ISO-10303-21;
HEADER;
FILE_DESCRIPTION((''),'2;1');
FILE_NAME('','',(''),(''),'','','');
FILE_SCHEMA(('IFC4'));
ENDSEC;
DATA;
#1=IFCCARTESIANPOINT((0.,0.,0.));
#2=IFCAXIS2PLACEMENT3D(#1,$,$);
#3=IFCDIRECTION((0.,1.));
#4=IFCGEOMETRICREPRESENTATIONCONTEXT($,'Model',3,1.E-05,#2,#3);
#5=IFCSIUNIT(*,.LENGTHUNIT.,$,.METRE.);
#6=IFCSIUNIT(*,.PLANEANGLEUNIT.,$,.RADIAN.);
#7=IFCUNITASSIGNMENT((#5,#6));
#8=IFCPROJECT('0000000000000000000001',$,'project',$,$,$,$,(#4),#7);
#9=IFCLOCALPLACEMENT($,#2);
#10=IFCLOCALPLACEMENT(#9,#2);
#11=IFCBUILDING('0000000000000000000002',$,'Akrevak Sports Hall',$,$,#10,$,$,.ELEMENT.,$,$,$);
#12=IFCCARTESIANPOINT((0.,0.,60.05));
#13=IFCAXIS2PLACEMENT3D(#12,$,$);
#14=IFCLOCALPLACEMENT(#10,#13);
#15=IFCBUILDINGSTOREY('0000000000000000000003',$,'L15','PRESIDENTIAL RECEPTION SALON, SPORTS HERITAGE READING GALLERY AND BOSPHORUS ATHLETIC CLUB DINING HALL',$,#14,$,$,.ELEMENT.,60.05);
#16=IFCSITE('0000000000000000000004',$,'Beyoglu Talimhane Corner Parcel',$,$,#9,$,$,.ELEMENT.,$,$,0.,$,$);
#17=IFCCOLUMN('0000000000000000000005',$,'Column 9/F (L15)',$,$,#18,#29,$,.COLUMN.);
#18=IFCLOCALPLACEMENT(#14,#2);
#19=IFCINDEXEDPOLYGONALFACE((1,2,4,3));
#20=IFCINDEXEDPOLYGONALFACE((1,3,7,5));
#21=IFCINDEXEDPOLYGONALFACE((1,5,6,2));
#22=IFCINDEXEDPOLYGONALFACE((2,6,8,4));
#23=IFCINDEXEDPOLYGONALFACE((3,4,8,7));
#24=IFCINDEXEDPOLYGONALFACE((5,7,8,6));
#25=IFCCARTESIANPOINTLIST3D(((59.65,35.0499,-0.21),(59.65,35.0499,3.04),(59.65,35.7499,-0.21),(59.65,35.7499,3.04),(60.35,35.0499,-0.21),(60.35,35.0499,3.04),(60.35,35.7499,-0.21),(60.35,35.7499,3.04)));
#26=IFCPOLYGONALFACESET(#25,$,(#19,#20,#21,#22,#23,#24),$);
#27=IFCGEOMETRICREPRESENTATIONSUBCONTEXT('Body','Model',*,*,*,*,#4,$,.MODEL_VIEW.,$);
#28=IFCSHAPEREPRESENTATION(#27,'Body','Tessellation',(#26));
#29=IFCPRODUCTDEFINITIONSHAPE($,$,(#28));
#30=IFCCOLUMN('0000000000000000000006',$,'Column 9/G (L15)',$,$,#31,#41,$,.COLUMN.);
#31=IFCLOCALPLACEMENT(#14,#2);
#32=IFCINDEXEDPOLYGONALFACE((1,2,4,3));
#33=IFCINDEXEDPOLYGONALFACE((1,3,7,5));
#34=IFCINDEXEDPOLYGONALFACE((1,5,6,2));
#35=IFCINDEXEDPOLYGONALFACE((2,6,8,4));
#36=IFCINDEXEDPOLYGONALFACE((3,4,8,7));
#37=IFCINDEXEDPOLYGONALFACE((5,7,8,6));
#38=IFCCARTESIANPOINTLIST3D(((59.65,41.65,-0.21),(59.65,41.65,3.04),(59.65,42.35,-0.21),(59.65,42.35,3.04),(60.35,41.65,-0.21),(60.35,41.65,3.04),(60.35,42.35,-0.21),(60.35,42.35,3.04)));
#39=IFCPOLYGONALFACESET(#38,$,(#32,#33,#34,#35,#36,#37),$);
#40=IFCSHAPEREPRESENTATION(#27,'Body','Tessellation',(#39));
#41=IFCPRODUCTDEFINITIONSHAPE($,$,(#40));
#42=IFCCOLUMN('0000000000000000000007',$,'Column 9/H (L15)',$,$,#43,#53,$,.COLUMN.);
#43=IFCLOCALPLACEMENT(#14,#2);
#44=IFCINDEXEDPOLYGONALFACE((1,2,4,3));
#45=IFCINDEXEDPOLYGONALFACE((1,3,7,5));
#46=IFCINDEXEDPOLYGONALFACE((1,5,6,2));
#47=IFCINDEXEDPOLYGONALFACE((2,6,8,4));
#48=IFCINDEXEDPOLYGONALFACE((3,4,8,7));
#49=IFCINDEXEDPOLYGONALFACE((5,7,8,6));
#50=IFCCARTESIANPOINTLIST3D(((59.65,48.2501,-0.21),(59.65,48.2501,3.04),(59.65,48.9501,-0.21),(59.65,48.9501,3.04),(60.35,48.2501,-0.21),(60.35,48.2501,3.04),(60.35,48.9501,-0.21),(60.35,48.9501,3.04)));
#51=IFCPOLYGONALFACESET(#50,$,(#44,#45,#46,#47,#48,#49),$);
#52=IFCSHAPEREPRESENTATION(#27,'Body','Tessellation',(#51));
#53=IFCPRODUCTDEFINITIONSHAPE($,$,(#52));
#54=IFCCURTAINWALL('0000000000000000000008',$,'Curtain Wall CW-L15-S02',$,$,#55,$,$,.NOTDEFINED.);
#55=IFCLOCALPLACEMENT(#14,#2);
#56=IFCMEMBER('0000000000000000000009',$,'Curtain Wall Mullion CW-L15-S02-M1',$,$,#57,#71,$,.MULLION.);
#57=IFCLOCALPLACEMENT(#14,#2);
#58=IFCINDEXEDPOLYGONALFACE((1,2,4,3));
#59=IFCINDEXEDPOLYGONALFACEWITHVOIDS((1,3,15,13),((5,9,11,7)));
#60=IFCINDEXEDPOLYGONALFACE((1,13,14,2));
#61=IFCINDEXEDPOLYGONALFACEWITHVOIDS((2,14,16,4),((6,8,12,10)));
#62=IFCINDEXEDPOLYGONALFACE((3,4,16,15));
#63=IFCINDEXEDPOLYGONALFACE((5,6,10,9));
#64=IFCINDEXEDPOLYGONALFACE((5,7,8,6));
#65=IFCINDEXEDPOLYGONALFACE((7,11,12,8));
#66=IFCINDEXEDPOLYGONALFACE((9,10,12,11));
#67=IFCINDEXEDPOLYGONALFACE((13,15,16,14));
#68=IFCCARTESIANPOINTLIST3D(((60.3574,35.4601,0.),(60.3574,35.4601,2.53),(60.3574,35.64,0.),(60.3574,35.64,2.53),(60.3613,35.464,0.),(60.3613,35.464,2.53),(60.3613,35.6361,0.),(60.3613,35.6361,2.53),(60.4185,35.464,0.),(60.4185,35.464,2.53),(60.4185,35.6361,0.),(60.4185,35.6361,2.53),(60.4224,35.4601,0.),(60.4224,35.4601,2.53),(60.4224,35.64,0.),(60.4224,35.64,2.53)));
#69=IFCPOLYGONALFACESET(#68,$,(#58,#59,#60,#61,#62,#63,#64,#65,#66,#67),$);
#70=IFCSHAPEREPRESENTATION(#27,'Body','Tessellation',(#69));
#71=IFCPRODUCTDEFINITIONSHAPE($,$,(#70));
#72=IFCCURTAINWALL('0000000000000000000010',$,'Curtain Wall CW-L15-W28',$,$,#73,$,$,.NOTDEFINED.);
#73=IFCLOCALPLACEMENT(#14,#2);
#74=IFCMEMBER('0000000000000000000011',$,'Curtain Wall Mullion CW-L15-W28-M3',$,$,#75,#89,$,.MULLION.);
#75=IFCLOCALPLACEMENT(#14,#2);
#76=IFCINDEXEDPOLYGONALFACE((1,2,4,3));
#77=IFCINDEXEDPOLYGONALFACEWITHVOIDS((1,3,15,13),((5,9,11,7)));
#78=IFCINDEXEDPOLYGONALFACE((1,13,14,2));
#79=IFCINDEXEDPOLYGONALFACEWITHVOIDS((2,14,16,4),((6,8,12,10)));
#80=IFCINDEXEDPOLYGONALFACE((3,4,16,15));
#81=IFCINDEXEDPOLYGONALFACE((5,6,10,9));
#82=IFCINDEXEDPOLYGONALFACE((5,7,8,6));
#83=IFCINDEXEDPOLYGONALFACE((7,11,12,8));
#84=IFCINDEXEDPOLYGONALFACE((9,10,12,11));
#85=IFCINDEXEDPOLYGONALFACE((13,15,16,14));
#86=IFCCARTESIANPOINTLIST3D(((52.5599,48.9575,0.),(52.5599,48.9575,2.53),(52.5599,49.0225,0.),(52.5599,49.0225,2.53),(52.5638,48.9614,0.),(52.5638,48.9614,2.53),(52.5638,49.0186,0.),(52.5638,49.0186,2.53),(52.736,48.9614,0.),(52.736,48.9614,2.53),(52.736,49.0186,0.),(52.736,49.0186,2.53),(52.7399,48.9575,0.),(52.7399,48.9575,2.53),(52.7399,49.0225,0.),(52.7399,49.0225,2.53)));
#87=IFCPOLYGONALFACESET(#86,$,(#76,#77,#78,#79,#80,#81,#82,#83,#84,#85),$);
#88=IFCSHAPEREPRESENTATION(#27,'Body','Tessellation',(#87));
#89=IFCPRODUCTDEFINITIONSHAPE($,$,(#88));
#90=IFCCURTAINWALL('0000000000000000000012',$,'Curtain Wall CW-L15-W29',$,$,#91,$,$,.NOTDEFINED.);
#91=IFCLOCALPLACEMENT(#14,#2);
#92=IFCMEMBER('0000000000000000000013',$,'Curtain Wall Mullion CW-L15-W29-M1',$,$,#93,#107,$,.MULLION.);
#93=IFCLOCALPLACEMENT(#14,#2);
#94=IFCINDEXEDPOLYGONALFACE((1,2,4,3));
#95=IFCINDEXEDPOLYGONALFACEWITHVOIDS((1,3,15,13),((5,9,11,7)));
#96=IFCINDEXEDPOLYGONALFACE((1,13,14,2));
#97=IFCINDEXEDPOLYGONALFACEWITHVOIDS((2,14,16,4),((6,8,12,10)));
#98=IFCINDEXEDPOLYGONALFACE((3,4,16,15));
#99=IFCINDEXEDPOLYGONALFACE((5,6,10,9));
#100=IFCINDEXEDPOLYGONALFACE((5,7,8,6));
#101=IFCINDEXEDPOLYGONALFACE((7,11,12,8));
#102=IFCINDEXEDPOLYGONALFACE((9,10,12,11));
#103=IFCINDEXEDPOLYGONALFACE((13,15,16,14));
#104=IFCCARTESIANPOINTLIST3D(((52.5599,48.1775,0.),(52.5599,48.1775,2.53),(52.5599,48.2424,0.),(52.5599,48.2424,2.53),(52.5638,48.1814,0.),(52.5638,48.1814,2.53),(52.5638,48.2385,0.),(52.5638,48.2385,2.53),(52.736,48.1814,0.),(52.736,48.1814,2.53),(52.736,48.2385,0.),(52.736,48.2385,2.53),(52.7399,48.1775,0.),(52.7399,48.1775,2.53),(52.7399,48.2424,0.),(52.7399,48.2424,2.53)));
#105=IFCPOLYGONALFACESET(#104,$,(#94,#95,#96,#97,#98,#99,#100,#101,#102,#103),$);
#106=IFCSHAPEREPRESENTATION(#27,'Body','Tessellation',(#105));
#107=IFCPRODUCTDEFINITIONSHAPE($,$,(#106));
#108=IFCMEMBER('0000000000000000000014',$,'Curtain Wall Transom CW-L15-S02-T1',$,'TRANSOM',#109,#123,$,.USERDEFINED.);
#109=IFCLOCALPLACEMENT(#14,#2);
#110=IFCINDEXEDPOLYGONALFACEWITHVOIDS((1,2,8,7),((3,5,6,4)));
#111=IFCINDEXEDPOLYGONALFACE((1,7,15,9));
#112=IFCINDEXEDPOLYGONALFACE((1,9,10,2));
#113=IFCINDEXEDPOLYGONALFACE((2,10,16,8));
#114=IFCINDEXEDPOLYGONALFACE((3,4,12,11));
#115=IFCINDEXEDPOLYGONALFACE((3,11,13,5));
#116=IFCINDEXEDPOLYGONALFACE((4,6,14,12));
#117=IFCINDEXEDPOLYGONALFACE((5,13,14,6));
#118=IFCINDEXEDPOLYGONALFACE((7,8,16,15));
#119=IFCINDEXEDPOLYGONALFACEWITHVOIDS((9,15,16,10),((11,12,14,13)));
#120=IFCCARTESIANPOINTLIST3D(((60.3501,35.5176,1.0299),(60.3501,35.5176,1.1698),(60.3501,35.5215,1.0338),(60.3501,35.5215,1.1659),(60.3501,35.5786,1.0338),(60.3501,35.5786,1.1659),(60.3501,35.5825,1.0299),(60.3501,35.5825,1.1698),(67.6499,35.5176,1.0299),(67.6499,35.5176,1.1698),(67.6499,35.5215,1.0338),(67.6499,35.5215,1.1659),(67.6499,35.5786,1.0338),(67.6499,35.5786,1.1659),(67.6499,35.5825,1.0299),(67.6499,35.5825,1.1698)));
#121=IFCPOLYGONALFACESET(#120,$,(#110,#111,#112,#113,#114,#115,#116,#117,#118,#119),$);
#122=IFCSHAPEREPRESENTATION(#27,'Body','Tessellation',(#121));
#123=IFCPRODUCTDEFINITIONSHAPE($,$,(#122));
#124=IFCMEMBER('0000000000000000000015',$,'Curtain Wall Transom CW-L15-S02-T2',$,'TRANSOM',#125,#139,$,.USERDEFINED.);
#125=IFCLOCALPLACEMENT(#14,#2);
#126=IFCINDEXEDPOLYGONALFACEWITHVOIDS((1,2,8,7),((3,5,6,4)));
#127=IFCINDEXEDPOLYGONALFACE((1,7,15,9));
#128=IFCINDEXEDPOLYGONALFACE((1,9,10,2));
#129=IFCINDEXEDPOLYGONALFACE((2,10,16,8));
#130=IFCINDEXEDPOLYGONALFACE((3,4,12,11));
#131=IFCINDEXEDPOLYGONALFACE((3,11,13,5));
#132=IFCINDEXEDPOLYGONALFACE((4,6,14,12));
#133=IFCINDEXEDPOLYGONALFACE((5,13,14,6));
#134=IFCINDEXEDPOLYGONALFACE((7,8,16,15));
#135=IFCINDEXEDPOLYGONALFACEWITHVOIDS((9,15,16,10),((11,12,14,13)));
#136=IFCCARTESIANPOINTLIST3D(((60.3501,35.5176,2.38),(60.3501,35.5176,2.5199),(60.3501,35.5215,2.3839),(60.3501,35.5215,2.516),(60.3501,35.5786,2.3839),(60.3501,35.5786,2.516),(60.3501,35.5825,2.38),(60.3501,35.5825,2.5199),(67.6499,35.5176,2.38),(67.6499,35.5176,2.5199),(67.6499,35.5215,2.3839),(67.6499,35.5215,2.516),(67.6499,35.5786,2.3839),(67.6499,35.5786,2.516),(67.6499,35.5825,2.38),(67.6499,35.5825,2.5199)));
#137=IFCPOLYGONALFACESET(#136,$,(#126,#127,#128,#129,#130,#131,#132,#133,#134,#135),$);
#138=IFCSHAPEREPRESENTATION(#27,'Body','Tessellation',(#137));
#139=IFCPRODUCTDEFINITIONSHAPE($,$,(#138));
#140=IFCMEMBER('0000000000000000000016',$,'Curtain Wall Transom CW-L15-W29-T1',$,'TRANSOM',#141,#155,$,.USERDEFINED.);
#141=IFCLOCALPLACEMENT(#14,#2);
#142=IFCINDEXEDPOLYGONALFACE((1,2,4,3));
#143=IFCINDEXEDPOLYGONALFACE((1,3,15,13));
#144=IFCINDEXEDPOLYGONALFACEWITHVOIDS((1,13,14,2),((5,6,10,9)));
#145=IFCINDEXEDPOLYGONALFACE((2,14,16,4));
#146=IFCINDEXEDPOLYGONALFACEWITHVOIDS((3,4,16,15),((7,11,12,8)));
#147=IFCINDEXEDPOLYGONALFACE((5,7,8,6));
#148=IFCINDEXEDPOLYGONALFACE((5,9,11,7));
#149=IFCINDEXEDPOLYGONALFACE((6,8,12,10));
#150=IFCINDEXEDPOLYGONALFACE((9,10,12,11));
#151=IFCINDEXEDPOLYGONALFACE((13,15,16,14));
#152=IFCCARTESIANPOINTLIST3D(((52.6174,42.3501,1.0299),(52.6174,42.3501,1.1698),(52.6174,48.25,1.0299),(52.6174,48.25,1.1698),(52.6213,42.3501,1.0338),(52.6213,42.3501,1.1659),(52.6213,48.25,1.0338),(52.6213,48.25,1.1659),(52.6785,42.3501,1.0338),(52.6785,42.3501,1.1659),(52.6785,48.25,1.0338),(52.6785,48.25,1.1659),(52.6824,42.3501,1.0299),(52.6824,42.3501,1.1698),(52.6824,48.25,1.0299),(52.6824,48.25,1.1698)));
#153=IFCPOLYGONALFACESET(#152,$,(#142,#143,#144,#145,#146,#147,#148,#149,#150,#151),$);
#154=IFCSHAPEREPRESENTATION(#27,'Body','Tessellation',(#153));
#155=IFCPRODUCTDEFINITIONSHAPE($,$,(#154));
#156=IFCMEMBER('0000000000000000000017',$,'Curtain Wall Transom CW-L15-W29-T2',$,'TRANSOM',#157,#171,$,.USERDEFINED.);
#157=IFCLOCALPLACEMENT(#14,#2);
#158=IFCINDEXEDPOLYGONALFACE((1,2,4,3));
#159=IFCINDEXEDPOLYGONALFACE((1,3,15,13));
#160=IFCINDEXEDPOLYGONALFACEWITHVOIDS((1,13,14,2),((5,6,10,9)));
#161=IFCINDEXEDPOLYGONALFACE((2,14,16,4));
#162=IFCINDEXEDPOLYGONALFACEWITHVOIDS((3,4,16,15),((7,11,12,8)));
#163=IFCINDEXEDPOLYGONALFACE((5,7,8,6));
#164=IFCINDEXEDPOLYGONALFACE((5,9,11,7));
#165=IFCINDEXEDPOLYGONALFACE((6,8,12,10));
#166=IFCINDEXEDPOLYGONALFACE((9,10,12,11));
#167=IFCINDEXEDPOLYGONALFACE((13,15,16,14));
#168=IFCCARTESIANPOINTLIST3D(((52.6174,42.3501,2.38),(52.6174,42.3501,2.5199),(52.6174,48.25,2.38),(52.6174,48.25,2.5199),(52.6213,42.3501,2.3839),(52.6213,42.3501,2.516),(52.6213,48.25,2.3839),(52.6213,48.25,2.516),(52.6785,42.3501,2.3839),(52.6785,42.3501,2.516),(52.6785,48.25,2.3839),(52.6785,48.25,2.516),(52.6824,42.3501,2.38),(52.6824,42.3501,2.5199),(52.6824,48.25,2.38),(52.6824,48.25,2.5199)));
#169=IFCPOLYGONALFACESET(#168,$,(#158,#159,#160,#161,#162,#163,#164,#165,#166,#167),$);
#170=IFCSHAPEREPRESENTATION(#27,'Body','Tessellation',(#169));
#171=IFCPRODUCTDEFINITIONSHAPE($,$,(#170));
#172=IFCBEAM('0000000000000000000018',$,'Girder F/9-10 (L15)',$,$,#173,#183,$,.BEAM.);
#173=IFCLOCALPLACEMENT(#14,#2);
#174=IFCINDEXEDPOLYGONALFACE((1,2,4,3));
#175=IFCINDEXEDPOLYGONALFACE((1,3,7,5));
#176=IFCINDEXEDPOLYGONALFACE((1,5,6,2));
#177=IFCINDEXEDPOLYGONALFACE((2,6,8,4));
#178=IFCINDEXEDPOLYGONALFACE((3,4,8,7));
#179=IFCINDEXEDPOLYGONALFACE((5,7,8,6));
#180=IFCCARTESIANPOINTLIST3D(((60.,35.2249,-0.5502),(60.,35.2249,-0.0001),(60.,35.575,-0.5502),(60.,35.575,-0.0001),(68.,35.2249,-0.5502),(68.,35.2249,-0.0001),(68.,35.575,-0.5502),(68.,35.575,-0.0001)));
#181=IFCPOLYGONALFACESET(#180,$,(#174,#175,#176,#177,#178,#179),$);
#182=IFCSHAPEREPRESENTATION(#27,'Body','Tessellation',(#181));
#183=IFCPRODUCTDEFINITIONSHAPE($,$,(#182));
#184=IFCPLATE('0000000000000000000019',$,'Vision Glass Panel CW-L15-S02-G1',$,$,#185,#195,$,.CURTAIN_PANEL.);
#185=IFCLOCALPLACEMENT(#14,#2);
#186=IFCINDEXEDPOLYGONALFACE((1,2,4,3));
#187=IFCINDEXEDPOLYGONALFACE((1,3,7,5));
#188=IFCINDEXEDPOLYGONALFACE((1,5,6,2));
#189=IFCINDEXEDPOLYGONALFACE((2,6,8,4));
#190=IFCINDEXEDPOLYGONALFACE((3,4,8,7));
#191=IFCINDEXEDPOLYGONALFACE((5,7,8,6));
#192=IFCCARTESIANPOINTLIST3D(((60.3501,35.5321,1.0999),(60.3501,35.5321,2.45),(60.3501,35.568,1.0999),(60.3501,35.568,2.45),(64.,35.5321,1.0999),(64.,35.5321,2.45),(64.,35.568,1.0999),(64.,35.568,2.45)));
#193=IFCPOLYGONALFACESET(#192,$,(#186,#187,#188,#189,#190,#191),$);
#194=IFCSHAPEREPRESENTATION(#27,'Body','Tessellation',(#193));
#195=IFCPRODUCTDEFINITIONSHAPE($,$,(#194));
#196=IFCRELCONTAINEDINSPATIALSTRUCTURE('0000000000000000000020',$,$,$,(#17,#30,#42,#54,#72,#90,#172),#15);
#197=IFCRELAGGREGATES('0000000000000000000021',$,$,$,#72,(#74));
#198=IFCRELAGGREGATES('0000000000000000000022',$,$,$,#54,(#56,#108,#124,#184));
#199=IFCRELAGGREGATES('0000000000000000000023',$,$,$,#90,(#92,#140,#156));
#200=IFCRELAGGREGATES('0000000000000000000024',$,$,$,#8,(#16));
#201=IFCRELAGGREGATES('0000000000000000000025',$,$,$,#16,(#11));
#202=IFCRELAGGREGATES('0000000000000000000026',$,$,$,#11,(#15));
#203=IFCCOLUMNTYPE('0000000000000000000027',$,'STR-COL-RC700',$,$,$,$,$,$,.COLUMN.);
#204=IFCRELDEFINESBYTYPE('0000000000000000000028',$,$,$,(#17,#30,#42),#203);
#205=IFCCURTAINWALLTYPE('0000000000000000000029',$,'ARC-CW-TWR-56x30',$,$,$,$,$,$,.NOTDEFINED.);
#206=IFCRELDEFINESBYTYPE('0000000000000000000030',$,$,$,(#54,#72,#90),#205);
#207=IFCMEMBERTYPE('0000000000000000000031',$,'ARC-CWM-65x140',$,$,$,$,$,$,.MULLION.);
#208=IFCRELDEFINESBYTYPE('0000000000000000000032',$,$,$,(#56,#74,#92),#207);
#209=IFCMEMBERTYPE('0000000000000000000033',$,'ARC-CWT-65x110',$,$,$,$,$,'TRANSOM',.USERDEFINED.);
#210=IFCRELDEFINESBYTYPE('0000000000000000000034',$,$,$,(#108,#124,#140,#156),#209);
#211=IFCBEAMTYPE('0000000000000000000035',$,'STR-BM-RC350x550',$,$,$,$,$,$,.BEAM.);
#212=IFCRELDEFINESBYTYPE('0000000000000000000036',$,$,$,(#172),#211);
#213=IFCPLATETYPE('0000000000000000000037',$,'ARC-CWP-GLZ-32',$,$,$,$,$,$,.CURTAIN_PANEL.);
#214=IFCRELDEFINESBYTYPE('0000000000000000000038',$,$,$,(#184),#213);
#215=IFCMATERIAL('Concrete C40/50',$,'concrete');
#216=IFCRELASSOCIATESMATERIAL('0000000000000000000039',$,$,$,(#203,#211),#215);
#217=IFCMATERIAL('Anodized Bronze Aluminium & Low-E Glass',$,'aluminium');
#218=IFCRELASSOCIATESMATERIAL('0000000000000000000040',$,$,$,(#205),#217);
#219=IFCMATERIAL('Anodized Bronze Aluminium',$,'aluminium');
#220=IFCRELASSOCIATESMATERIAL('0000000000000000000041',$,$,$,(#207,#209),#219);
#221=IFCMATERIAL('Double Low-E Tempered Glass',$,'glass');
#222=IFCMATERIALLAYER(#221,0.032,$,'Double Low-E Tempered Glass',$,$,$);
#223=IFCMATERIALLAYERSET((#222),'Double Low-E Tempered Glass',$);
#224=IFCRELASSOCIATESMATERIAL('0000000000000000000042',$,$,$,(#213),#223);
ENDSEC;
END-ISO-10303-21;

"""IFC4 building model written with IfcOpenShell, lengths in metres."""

from ifc_helpers import new_model, si_unit, direction, frame, origin, origin_2d, place, context, subcontext, project, spatial, rectangle, hollow_rectangle, extrude, material, layer, layer_set, material_profile, profile_set, type_object, element, aggregate, save


model = new_model("IFC4")

# Units and contexts
model_context = context("Model", 3, precision=1e-05, world=origin(), true_north=direction((0.0, 1.0)))
body_context = subcontext(model_context, "Body", "Model", "MODEL_VIEW")
ifc_project = project(units=[si_unit("LENGTHUNIT", "METRE"), si_unit("PLANEANGLEUNIT", "RADIAN")], contexts=[model_context])

# Site, building, storey
site_placement = place(None, origin())
site = spatial("IfcSite", under=ifc_project, at=site_placement, Name="Beyoglu Talimhane Corner Parcel", CompositionType="ELEMENT", RefElevation=0.0)
building_placement = place(site_placement, origin())
building = spatial("IfcBuilding", under=site, at=building_placement, Name="Akrevak Sports Hall", CompositionType="ELEMENT")
storey_placement = place(building_placement, frame((0.0, 0.0, 60.05)))
storey = spatial("IfcBuildingStorey", under=building, at=storey_placement, Name="L15", Description="PRESIDENTIAL RECEPTION SALON, SPORTS HERITAGE READING GALLERY AND BOSPHORUS ATHLETIC CLUB DINING HALL", CompositionType="ELEMENT", Elevation=60.05)

# Columns
ifc_material_1 = material(Name="Concrete C40/50", Category="concrete")
ifc_material_profile_1 = material_profile(ifc_material_1, rectangle(XDim=0.7, YDim=0.7, at=origin_2d()), Name="RC 700x700", Category="concrete")
ifc_profile_set_1 = profile_set([ifc_material_profile_1], Name="Concrete C40/50")
column_type = type_object("IfcColumnType", Name="STR-COL-RC700", PredefinedType="COLUMN", material=ifc_profile_set_1)
for number, where, z_axis, x_axis, name in (
    (1, (60.0, 35.3999, -0.21), (0.0, 0.0, 1.0), (1.0, 0.0, 0.0), "Column 9/F (L15)"),
    (2, (60.0, 42.0, -0.21), (0.0, 0.0, 1.0), (1.0, 0.0, 0.0), "Column 9/G (L15)"),
    (3, (60.0, 48.6001, -0.21), (0.0, 0.0, 1.0), (1.0, 0.0, 0.0), "Column 9/H (L15)"),
):
    element("IfcColumn", number, at=place(storey_placement, frame(where, z_axis=z_axis, x_axis=x_axis)), inside=storey, type_object=column_type, Name=name, PredefinedType="COLUMN", context=body_context, shape_type="SweptSolid", body=[
        extrude(rectangle(XDim=0.7, YDim=0.7, at=origin_2d()), origin(), (0.0, 0.0, 1.0), 3.25),
    ])

# Curtain walls, members
ifc_material_2 = material(Name="Anodized Bronze Aluminium & Low-E Glass", Category="aluminium")
curtain_wall_type = type_object("IfcCurtainWallType", Name="ARC-CW-TWR-56x30", PredefinedType="NOTDEFINED", material=ifc_material_2)
curtain_wall_1_placement = place(storey_placement, origin())
curtain_wall_1 = element("IfcCurtainWall", 4, at=curtain_wall_1_placement, inside=storey, type_object=curtain_wall_type, Name="Curtain Wall CW-L15-S02", PredefinedType="NOTDEFINED")
ifc_material_3 = material(Name="Anodized Bronze Aluminium", Category="aluminium")
ifc_material_profile_2 = material_profile(ifc_material_3, hollow_rectangle(XDim=0.0649, YDim=0.1799, WallThickness=0.0039, at=origin_2d()), Name="CWM 65x180", Category="aluminium")
ifc_profile_set_2 = profile_set([ifc_material_profile_2], Name="Anodized Bronze Aluminium")
member_type_1 = type_object("IfcMemberType", Name="ARC-CWM-65x140", PredefinedType="MULLION", material=ifc_profile_set_2)
member_1_placement = place(storey_placement, frame((60.3899, 35.55, 0.0), z_axis=(0.0, 0.0, 1.0), x_axis=(1.0, 0.0, 0.0)))
member_1 = element("IfcMember", 5, at=member_1_placement, type_object=member_type_1, Name="Curtain Wall Mullion CW-L15-S02-M1", PredefinedType="MULLION", context=body_context, shape_type="SweptSolid", body=[
    extrude(hollow_rectangle(XDim=0.0649, YDim=0.1799, WallThickness=0.0039, at=origin_2d()), origin(), (0.0, 0.0, 1.0), 2.53),
])
curtain_wall_2_placement = place(storey_placement, origin())
curtain_wall_2 = element("IfcCurtainWall", 6, at=curtain_wall_2_placement, inside=storey, type_object=curtain_wall_type, Name="Curtain Wall CW-L15-W28", PredefinedType="NOTDEFINED")
member_2_placement = place(storey_placement, frame((52.6499, 48.99, 0.0), z_axis=(0.0, 0.0, 1.0), x_axis=(0.0, -1.0, 0.0)))
member_2 = element("IfcMember", 7, at=member_2_placement, type_object=member_type_1, Name="Curtain Wall Mullion CW-L15-W28-M3", PredefinedType="MULLION", context=body_context, shape_type="SweptSolid", body=[
    extrude(hollow_rectangle(XDim=0.0649, YDim=0.1799, WallThickness=0.0039, at=origin_2d()), origin(), (0.0, 0.0, 1.0), 2.53),
])
aggregate(curtain_wall_2, [member_2])
curtain_wall_3_placement = place(storey_placement, origin())
curtain_wall_3 = element("IfcCurtainWall", 8, at=curtain_wall_3_placement, inside=storey, type_object=curtain_wall_type, Name="Curtain Wall CW-L15-W29", PredefinedType="NOTDEFINED")
member_3_placement = place(storey_placement, frame((52.6499, 48.21, 0.0), z_axis=(0.0, 0.0, 1.0), x_axis=(0.0, -1.0, 0.0)))
member_3 = element("IfcMember", 9, at=member_3_placement, type_object=member_type_1, Name="Curtain Wall Mullion CW-L15-W29-M1", PredefinedType="MULLION", context=body_context, shape_type="SweptSolid", body=[
    extrude(hollow_rectangle(XDim=0.0649, YDim=0.1799, WallThickness=0.0039, at=origin_2d()), origin(), (0.0, 0.0, 1.0), 2.53),
])

# Members
ifc_material_profile_3 = material_profile(ifc_material_3, hollow_rectangle(XDim=0.0649, YDim=0.1399, WallThickness=0.0039, at=origin_2d()), Name="CWT 65x140", Category="aluminium")
ifc_profile_set_3 = profile_set([ifc_material_profile_3], Name="Anodized Bronze Aluminium")
member_type_2 = type_object("IfcMemberType", Name="ARC-CWT-65x110", ElementType="TRANSOM", PredefinedType="USERDEFINED", material=ifc_profile_set_3)
member_4_placement = place(storey_placement, frame((60.3501, 35.55, 1.0999), z_axis=(1.0, 0.0, 0.0), x_axis=(0.0, 1.0, 0.0)))
member_4 = element("IfcMember", 10, at=member_4_placement, type_object=member_type_2, Name="Curtain Wall Transom CW-L15-S02-T1", ObjectType="TRANSOM", PredefinedType="USERDEFINED", context=body_context, shape_type="SweptSolid", body=[
    extrude(hollow_rectangle(XDim=0.0649, YDim=0.1399, WallThickness=0.0039, at=origin_2d()), origin(), (0.0, 0.0, 1.0), 7.2998),
])
member_5_placement = place(storey_placement, frame((60.3501, 35.55, 2.45), z_axis=(1.0, 0.0, 0.0), x_axis=(0.0, 1.0, 0.0)))
member_5 = element("IfcMember", 11, at=member_5_placement, type_object=member_type_2, Name="Curtain Wall Transom CW-L15-S02-T2", ObjectType="TRANSOM", PredefinedType="USERDEFINED", context=body_context, shape_type="SweptSolid", body=[
    extrude(hollow_rectangle(XDim=0.0649, YDim=0.1399, WallThickness=0.0039, at=origin_2d()), origin(), (0.0, 0.0, 1.0), 7.2998),
])
member_6_placement = place(storey_placement, frame((52.6499, 48.25, 1.0999), z_axis=(0.0, -1.0, 0.0), x_axis=(1.0, 0.0, 0.0)))
member_6 = element("IfcMember", 12, at=member_6_placement, type_object=member_type_2, Name="Curtain Wall Transom CW-L15-W29-T1", ObjectType="TRANSOM", PredefinedType="USERDEFINED", context=body_context, shape_type="SweptSolid", body=[
    extrude(hollow_rectangle(XDim=0.0649, YDim=0.1399, WallThickness=0.0039, at=origin_2d()), origin(), (0.0, 0.0, 1.0), 5.8999),
])
member_7_placement = place(storey_placement, frame((52.6499, 48.25, 2.45), z_axis=(0.0, -1.0, 0.0), x_axis=(1.0, 0.0, 0.0)))
member_7 = element("IfcMember", 13, at=member_7_placement, type_object=member_type_2, Name="Curtain Wall Transom CW-L15-W29-T2", ObjectType="TRANSOM", PredefinedType="USERDEFINED", context=body_context, shape_type="SweptSolid", body=[
    extrude(hollow_rectangle(XDim=0.0649, YDim=0.1399, WallThickness=0.0039, at=origin_2d()), origin(), (0.0, 0.0, 1.0), 5.8999),
])

# Beam
ifc_material_profile_4 = material_profile(ifc_material_1, rectangle(XDim=0.3501, YDim=0.55, at=origin_2d()), Name="BM 350x550", Category="concrete")
ifc_profile_set_4 = profile_set([ifc_material_profile_4], Name="Concrete C40/50")
beam_type = type_object("IfcBeamType", Name="STR-BM-RC350x550", PredefinedType="BEAM", material=ifc_profile_set_4)
beam_placement = place(storey_placement, frame((60.0, 35.3999, -0.2751), z_axis=(1.0, 0.0, 0.0), x_axis=(0.0, 1.0, 0.0)))
element("IfcBeam", 14, at=beam_placement, inside=storey, type_object=beam_type, Name="Girder F/9-10 (L15)", PredefinedType="BEAM", context=body_context, shape_type="SweptSolid", body=[
    extrude(rectangle(XDim=0.3501, YDim=0.55, at=origin_2d()), origin(), (0.0, 0.0, 1.0), 8.0),
])

# Plate
ifc_material_4 = material(Name="Double Low-E Tempered Glass", Category="glass")
ifc_layer_1 = layer(ifc_material_4, 0.032, Name="Double Low-E Tempered Glass")
ifc_layer_set_1 = layer_set([ifc_layer_1], Name="Double Low-E Tempered Glass")
plate_type = type_object("IfcPlateType", Name="ARC-CWP-GLZ-32", PredefinedType="CURTAIN_PANEL", material=ifc_layer_set_1)
plate_1_placement = place(storey_placement, frame((62.175, 35.55, 1.0999), z_axis=(0.0, 0.0, 1.0), x_axis=(1.0, 0.0, 0.0)))
plate_1 = element("IfcPlate", 15, at=plate_1_placement, type_object=plate_type, Name="Vision Glass Panel CW-L15-S02-G1", PredefinedType="CURTAIN_PANEL", context=body_context, shape_type="SweptSolid", body=[
    extrude(rectangle(XDim=3.6499, YDim=0.0359, at=origin_2d()), origin(), (0.0, 0.0, 1.0), 1.3501),
])
aggregate(curtain_wall_1, [member_1, member_4, member_5, plate_1])
aggregate(curtain_wall_3, [member_3, member_6, member_7])

save(model, "model.ifc")
